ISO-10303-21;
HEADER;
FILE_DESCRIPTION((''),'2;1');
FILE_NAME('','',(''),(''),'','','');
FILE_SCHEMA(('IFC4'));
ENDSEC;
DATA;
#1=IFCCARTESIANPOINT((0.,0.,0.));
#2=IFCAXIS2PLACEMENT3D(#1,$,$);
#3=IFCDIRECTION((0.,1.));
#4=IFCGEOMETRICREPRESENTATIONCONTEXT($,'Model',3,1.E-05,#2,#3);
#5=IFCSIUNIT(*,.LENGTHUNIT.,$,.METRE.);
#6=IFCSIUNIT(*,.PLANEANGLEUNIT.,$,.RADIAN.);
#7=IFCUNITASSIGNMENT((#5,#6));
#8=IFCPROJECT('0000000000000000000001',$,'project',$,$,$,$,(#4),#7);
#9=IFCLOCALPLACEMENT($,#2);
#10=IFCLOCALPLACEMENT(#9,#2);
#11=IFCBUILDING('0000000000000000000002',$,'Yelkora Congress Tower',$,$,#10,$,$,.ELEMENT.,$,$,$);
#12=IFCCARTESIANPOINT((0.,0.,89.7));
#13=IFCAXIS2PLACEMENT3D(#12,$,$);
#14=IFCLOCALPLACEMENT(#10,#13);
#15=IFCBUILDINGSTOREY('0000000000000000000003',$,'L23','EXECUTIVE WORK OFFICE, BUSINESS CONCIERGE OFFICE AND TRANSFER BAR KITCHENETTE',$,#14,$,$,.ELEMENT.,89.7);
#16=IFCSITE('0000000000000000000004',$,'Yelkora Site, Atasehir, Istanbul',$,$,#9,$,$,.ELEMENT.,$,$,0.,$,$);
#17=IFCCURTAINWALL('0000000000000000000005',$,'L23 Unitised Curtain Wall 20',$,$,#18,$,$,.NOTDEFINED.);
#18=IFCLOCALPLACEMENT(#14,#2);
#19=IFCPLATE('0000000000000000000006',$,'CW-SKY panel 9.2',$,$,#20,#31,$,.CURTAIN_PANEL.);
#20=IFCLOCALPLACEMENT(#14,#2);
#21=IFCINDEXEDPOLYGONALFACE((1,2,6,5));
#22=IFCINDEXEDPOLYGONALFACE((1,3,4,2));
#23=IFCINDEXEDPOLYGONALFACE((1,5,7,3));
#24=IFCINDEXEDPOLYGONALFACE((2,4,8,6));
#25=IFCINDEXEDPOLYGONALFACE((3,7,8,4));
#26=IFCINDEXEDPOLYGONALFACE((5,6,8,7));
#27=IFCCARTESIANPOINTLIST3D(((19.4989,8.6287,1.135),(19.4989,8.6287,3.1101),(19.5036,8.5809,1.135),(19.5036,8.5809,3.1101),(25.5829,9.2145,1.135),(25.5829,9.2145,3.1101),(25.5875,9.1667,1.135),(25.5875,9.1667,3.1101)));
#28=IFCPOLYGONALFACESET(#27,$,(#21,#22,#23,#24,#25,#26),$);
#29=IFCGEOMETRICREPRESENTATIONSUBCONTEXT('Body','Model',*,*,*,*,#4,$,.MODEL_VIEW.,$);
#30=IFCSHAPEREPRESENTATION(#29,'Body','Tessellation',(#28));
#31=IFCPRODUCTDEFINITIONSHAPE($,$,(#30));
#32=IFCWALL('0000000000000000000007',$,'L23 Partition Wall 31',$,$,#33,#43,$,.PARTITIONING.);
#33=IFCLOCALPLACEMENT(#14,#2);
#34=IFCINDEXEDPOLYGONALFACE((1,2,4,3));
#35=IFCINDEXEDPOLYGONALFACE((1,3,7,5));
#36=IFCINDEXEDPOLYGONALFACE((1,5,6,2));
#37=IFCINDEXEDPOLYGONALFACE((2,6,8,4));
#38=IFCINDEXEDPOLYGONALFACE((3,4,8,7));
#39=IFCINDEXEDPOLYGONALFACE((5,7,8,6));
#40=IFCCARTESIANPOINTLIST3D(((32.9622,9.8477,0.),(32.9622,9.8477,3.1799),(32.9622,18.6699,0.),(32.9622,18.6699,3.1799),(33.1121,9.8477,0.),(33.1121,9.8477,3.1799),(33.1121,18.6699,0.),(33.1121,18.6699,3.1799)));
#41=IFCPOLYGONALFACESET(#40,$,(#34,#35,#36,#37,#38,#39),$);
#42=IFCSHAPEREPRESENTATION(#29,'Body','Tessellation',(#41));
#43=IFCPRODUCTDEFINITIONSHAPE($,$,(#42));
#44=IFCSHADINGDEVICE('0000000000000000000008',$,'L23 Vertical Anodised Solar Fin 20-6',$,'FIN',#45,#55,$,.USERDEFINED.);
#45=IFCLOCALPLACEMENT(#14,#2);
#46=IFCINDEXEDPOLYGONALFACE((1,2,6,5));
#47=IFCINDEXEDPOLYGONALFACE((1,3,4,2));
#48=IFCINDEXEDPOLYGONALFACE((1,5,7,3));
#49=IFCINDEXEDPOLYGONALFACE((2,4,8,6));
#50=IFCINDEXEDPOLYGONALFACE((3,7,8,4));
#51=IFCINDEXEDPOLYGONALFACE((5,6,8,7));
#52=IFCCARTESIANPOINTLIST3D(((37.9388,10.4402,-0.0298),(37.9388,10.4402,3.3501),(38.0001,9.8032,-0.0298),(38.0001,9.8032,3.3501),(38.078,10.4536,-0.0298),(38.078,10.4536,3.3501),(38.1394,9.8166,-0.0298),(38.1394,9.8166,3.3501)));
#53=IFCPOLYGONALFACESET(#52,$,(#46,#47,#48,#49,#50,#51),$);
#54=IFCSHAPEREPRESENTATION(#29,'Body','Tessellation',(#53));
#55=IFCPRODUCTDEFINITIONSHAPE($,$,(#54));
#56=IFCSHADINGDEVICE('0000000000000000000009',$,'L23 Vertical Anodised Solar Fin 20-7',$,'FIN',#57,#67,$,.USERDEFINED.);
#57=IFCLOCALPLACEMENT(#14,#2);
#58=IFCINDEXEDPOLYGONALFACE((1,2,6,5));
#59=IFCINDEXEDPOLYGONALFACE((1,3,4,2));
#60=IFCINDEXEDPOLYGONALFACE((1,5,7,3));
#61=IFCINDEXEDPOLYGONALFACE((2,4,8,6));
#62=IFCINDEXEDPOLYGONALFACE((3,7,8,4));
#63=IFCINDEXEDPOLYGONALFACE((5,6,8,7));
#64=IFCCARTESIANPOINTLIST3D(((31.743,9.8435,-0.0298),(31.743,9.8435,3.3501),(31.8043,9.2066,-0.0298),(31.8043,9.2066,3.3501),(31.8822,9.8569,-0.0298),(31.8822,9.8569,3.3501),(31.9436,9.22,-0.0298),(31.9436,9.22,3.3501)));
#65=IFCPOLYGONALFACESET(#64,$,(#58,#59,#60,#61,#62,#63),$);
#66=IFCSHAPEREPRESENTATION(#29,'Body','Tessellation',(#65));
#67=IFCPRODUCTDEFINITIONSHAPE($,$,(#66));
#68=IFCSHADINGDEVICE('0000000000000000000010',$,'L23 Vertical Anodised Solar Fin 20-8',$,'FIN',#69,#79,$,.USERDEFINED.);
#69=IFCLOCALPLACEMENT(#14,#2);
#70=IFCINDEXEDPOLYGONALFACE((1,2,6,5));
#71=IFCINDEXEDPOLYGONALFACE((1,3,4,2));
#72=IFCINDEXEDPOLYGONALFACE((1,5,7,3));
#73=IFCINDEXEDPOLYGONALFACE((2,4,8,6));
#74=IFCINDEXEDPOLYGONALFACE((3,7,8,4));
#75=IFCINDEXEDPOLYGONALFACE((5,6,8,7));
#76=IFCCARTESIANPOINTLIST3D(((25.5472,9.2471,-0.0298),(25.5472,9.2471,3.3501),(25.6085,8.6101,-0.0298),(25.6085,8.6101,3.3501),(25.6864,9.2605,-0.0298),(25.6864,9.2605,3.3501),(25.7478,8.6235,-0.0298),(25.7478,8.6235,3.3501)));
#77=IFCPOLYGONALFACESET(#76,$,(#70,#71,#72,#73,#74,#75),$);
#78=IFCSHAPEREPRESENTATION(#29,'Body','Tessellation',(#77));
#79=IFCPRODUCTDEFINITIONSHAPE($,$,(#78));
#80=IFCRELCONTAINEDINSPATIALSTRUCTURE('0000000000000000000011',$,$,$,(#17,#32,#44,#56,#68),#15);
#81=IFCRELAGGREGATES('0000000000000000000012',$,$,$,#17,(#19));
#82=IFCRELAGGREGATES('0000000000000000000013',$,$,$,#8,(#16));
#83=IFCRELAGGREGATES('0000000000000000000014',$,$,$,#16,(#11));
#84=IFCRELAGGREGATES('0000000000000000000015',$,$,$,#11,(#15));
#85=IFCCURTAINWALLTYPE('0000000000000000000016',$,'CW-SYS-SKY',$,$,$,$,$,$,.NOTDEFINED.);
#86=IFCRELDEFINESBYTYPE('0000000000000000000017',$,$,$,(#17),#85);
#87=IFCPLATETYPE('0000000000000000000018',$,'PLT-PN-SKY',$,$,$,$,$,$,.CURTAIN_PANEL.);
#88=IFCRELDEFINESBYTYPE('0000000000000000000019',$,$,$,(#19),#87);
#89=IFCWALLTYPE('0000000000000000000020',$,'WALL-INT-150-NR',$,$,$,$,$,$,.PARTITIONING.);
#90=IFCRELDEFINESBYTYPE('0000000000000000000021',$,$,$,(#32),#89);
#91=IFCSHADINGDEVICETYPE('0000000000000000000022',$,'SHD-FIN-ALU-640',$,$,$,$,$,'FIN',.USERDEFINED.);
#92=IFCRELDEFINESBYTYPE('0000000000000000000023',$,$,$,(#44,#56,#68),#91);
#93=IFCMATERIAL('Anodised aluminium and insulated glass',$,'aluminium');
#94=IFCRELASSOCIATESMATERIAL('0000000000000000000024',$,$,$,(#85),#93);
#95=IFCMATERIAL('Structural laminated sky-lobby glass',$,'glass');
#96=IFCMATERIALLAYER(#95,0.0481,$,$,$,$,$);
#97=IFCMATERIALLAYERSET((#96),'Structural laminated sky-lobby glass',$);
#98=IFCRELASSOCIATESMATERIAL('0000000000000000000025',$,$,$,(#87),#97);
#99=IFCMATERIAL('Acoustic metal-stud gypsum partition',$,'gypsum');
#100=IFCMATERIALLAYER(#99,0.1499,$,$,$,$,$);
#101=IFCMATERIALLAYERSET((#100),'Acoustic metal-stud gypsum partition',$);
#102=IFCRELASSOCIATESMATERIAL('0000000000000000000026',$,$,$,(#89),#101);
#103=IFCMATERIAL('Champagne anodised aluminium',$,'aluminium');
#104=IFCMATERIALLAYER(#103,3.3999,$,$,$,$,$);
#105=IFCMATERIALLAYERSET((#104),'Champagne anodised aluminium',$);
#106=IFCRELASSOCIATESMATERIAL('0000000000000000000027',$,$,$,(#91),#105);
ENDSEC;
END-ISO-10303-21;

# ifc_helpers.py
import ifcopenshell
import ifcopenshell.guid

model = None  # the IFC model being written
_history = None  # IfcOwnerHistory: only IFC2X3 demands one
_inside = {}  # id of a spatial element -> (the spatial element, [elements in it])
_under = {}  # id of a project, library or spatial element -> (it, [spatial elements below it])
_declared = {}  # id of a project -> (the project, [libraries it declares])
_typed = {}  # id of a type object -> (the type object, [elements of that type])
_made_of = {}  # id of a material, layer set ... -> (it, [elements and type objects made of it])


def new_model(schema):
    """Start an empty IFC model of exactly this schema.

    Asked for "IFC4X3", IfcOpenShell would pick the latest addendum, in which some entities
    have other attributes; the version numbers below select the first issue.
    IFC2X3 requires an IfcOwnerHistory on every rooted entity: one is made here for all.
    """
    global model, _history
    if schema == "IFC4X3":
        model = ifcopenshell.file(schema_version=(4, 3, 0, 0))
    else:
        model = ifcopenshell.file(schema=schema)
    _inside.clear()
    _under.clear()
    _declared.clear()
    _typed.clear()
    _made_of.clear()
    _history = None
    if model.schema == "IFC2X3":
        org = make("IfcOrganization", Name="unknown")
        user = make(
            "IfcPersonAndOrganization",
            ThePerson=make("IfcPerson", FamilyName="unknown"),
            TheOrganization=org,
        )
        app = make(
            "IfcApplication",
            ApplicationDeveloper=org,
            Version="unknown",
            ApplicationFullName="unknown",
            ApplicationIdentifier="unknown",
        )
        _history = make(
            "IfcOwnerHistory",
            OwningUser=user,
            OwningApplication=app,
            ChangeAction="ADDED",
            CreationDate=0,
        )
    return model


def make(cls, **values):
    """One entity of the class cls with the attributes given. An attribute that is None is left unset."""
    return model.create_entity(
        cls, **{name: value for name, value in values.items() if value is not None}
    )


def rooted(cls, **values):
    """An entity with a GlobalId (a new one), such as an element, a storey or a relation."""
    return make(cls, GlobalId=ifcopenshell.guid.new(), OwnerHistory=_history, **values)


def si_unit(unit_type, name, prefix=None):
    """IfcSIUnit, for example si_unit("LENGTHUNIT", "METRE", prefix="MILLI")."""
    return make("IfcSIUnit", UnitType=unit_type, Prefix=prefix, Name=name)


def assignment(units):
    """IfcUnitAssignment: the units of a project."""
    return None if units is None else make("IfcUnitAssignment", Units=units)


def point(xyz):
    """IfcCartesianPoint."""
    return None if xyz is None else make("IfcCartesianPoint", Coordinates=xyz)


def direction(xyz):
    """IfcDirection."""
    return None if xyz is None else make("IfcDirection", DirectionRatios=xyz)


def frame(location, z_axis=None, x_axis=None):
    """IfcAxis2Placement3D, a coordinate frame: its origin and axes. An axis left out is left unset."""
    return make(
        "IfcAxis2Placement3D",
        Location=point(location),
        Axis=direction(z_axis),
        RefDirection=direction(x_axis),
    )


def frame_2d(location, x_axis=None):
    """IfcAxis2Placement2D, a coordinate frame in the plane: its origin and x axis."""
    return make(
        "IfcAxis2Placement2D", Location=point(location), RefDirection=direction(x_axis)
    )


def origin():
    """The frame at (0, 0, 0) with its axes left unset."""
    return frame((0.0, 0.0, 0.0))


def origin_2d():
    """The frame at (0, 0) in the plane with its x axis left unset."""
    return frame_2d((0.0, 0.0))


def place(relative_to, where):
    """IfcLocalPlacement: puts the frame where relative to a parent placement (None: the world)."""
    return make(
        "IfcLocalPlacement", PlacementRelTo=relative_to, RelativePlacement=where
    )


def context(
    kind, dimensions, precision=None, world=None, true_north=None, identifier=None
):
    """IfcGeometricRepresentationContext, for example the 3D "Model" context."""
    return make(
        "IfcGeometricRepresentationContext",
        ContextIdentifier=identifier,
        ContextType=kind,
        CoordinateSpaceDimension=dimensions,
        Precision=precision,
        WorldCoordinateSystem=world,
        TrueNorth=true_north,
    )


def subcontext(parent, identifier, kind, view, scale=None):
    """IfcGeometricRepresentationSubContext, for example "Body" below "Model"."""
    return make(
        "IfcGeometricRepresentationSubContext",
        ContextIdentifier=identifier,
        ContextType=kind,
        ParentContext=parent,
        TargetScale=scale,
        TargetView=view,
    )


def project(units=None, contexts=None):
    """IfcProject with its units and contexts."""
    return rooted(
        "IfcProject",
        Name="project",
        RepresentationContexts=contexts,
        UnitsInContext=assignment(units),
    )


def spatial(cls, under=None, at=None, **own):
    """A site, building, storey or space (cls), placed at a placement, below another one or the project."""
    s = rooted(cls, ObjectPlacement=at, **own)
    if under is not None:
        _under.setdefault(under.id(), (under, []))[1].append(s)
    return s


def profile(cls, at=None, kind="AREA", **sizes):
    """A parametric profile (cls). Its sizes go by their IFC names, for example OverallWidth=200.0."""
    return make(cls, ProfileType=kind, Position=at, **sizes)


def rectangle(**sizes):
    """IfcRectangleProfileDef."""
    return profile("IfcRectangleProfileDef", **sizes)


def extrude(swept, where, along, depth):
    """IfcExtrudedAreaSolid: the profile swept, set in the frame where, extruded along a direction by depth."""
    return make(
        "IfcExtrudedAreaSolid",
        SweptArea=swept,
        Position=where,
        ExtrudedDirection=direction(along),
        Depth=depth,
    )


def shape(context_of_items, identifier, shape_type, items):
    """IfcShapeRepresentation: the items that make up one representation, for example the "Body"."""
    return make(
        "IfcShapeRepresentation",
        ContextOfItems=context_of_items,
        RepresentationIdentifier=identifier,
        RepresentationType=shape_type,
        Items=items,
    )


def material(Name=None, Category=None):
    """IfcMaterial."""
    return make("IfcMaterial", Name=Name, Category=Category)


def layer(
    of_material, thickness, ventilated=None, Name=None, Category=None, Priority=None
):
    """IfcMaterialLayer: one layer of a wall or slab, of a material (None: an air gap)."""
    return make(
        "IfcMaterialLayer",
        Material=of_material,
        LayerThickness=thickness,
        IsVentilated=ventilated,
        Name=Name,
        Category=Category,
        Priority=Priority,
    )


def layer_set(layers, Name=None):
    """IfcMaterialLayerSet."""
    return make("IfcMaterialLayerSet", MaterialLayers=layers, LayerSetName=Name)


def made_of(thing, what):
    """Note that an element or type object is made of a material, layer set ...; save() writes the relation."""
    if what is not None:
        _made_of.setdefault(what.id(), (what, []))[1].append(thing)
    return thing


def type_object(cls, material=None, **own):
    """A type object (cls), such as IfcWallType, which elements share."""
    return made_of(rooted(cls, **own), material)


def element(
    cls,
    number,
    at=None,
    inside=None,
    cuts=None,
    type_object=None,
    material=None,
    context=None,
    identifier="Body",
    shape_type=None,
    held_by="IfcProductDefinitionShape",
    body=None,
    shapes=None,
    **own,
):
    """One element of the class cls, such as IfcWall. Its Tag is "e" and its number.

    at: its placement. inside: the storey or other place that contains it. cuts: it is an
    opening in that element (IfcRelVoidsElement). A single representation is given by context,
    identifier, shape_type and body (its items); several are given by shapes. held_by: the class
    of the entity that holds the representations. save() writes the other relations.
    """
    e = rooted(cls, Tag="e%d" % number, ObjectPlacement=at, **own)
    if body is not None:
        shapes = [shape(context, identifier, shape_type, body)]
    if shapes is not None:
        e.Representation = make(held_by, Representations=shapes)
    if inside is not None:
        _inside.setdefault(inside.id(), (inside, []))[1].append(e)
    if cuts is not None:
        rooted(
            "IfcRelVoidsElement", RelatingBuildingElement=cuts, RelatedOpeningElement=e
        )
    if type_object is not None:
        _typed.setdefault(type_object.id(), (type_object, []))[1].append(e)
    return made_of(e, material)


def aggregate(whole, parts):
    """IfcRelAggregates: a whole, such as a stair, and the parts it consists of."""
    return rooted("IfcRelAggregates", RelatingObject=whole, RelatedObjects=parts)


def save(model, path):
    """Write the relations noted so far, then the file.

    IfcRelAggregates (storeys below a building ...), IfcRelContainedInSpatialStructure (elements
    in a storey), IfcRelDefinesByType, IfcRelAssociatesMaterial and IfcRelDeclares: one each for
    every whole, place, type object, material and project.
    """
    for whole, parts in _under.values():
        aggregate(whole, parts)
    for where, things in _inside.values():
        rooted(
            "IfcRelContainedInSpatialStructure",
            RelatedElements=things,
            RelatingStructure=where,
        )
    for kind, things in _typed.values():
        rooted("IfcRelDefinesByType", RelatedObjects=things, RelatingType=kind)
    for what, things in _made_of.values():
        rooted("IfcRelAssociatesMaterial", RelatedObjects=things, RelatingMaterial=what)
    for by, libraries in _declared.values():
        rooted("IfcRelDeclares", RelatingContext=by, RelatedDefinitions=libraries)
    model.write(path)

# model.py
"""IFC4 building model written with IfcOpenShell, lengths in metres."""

from ifc_helpers import new_model, si_unit, direction, frame, frame_2d, origin, origin_2d, place, context, subcontext, project, spatial, rectangle, extrude, material, layer, layer_set, type_object, element, aggregate, save


model = new_model("IFC4")

# Units and contexts
model_context = context("Model", 3, precision=1e-05, world=origin(), true_north=direction((0.0, 1.0)))
body_context = subcontext(model_context, "Body", "Model", "MODEL_VIEW")
ifc_project = project(units=[si_unit("LENGTHUNIT", "METRE"), si_unit("PLANEANGLEUNIT", "RADIAN")], contexts=[model_context])

# Site, building, storey
site_placement = place(None, origin())
site = spatial("IfcSite", under=ifc_project, at=site_placement, Name="Yelkora Site, Atasehir, Istanbul", CompositionType="ELEMENT", RefElevation=0.0)
building_placement = place(site_placement, origin())
building = spatial("IfcBuilding", under=site, at=building_placement, Name="Yelkora Congress Tower", CompositionType="ELEMENT")
storey_placement = place(building_placement, frame((0.0, 0.0, 89.7)))
storey = spatial("IfcBuildingStorey", under=building, at=storey_placement, Name="L23", Description="EXECUTIVE WORK OFFICE, BUSINESS CONCIERGE OFFICE AND TRANSFER BAR KITCHENETTE", CompositionType="ELEMENT", Elevation=89.7)

# Curtain wall, plate
ifc_material_1 = material(Name="Anodised aluminium and insulated glass", Category="aluminium")
curtain_wall_type = type_object("IfcCurtainWallType", Name="CW-SYS-SKY", PredefinedType="NOTDEFINED", material=ifc_material_1)
curtain_wall_placement = place(storey_placement, origin())
curtain_wall = element("IfcCurtainWall", 1, at=curtain_wall_placement, inside=storey, type_object=curtain_wall_type, Name="L23 Unitised Curtain Wall 20", PredefinedType="NOTDEFINED")
ifc_material_2 = material(Name="Structural laminated sky-lobby glass", Category="glass")
ifc_layer_1 = layer(ifc_material_2, 0.0481)
ifc_layer_set_1 = layer_set([ifc_layer_1], Name="Structural laminated sky-lobby glass")
plate_type = type_object("IfcPlateType", Name="PLT-PN-SKY", PredefinedType="CURTAIN_PANEL", material=ifc_layer_set_1)
plate_1_placement = place(storey_placement, frame((22.5432, 8.8977, 1.135), z_axis=(0.0, 0.0, 1.0), x_axis=(-0.995396, -0.095844, 0.0)))
plate_1 = element("IfcPlate", 2, at=plate_1_placement, type_object=plate_type, Name="CW-SKY panel 9.2", PredefinedType="CURTAIN_PANEL", context=body_context, shape_type="SweptSolid", body=[
    extrude(rectangle(XDim=6.1121, YDim=0.0481, at=origin_2d()), origin(), (0.0, 0.0, 1.0), 1.9751),
])
aggregate(curtain_wall, [plate_1])

# Wall
ifc_material_3 = material(Name="Acoustic metal-stud gypsum partition", Category="gypsum")
ifc_layer_2 = layer(ifc_material_3, 0.1499)
ifc_layer_set_2 = layer_set([ifc_layer_2], Name="Acoustic metal-stud gypsum partition")
wall_type = type_object("IfcWallType", Name="WALL-INT-150-NR", PredefinedType="PARTITIONING", material=ifc_layer_set_2)
wall_placement = place(storey_placement, frame((33.0371, 9.8477, 0.0), z_axis=(0.0, 0.0, 1.0), x_axis=(0.0, 1.0, 0.0)))
element("IfcWall", 3, at=wall_placement, inside=storey, type_object=wall_type, Name="L23 Partition Wall 31", PredefinedType="PARTITIONING", context=body_context, shape_type="SweptSolid", body=[
    extrude(rectangle(XDim=8.8223, YDim=0.1499, at=frame_2d((4.4111, 0.0))), origin(), (0.0, 0.0, 1.0), 3.1799),
])

# Shading devices
ifc_material_4 = material(Name="Champagne anodised aluminium", Category="aluminium")
ifc_layer_3 = layer(ifc_material_4, 3.3999)
ifc_layer_set_3 = layer_set([ifc_layer_3], Name="Champagne anodised aluminium")
shading_device_type = type_object("IfcShadingDeviceType", Name="SHD-FIN-ALU-640", ElementType="FIN", PredefinedType="USERDEFINED", material=ifc_layer_set_3)
for number, where, z_axis, x_axis, name in (
    (4, (38.0391, 10.1284, -0.0298), (0.0, 0.0, 1.0), (-0.995396, -0.095846, 0.0), "L23 Vertical Anodised Solar Fin 20-6"),
    (5, (31.8433, 9.5317, -0.0298), (0.0, 0.0, 1.0), (-0.995396, -0.095846, 0.0), "L23 Vertical Anodised Solar Fin 20-7"),
    (6, (25.6475, 8.9353, -0.0298), (0.0, 0.0, 1.0), (-0.995396, -0.095846, 0.0), "L23 Vertical Anodised Solar Fin 20-8"),
):
    element("IfcShadingDevice", number, at=place(storey_placement, frame(where, z_axis=z_axis, x_axis=x_axis)), inside=storey, type_object=shading_device_type, Name=name, ObjectType="FIN", PredefinedType="USERDEFINED", context=body_context, shape_type="SweptSolid", body=[
        extrude(rectangle(XDim=0.1399, YDim=0.6399, at=origin_2d()), origin(), (0.0, 0.0, 1.0), 3.3799),
    ])

save(model, "model.ifc")
